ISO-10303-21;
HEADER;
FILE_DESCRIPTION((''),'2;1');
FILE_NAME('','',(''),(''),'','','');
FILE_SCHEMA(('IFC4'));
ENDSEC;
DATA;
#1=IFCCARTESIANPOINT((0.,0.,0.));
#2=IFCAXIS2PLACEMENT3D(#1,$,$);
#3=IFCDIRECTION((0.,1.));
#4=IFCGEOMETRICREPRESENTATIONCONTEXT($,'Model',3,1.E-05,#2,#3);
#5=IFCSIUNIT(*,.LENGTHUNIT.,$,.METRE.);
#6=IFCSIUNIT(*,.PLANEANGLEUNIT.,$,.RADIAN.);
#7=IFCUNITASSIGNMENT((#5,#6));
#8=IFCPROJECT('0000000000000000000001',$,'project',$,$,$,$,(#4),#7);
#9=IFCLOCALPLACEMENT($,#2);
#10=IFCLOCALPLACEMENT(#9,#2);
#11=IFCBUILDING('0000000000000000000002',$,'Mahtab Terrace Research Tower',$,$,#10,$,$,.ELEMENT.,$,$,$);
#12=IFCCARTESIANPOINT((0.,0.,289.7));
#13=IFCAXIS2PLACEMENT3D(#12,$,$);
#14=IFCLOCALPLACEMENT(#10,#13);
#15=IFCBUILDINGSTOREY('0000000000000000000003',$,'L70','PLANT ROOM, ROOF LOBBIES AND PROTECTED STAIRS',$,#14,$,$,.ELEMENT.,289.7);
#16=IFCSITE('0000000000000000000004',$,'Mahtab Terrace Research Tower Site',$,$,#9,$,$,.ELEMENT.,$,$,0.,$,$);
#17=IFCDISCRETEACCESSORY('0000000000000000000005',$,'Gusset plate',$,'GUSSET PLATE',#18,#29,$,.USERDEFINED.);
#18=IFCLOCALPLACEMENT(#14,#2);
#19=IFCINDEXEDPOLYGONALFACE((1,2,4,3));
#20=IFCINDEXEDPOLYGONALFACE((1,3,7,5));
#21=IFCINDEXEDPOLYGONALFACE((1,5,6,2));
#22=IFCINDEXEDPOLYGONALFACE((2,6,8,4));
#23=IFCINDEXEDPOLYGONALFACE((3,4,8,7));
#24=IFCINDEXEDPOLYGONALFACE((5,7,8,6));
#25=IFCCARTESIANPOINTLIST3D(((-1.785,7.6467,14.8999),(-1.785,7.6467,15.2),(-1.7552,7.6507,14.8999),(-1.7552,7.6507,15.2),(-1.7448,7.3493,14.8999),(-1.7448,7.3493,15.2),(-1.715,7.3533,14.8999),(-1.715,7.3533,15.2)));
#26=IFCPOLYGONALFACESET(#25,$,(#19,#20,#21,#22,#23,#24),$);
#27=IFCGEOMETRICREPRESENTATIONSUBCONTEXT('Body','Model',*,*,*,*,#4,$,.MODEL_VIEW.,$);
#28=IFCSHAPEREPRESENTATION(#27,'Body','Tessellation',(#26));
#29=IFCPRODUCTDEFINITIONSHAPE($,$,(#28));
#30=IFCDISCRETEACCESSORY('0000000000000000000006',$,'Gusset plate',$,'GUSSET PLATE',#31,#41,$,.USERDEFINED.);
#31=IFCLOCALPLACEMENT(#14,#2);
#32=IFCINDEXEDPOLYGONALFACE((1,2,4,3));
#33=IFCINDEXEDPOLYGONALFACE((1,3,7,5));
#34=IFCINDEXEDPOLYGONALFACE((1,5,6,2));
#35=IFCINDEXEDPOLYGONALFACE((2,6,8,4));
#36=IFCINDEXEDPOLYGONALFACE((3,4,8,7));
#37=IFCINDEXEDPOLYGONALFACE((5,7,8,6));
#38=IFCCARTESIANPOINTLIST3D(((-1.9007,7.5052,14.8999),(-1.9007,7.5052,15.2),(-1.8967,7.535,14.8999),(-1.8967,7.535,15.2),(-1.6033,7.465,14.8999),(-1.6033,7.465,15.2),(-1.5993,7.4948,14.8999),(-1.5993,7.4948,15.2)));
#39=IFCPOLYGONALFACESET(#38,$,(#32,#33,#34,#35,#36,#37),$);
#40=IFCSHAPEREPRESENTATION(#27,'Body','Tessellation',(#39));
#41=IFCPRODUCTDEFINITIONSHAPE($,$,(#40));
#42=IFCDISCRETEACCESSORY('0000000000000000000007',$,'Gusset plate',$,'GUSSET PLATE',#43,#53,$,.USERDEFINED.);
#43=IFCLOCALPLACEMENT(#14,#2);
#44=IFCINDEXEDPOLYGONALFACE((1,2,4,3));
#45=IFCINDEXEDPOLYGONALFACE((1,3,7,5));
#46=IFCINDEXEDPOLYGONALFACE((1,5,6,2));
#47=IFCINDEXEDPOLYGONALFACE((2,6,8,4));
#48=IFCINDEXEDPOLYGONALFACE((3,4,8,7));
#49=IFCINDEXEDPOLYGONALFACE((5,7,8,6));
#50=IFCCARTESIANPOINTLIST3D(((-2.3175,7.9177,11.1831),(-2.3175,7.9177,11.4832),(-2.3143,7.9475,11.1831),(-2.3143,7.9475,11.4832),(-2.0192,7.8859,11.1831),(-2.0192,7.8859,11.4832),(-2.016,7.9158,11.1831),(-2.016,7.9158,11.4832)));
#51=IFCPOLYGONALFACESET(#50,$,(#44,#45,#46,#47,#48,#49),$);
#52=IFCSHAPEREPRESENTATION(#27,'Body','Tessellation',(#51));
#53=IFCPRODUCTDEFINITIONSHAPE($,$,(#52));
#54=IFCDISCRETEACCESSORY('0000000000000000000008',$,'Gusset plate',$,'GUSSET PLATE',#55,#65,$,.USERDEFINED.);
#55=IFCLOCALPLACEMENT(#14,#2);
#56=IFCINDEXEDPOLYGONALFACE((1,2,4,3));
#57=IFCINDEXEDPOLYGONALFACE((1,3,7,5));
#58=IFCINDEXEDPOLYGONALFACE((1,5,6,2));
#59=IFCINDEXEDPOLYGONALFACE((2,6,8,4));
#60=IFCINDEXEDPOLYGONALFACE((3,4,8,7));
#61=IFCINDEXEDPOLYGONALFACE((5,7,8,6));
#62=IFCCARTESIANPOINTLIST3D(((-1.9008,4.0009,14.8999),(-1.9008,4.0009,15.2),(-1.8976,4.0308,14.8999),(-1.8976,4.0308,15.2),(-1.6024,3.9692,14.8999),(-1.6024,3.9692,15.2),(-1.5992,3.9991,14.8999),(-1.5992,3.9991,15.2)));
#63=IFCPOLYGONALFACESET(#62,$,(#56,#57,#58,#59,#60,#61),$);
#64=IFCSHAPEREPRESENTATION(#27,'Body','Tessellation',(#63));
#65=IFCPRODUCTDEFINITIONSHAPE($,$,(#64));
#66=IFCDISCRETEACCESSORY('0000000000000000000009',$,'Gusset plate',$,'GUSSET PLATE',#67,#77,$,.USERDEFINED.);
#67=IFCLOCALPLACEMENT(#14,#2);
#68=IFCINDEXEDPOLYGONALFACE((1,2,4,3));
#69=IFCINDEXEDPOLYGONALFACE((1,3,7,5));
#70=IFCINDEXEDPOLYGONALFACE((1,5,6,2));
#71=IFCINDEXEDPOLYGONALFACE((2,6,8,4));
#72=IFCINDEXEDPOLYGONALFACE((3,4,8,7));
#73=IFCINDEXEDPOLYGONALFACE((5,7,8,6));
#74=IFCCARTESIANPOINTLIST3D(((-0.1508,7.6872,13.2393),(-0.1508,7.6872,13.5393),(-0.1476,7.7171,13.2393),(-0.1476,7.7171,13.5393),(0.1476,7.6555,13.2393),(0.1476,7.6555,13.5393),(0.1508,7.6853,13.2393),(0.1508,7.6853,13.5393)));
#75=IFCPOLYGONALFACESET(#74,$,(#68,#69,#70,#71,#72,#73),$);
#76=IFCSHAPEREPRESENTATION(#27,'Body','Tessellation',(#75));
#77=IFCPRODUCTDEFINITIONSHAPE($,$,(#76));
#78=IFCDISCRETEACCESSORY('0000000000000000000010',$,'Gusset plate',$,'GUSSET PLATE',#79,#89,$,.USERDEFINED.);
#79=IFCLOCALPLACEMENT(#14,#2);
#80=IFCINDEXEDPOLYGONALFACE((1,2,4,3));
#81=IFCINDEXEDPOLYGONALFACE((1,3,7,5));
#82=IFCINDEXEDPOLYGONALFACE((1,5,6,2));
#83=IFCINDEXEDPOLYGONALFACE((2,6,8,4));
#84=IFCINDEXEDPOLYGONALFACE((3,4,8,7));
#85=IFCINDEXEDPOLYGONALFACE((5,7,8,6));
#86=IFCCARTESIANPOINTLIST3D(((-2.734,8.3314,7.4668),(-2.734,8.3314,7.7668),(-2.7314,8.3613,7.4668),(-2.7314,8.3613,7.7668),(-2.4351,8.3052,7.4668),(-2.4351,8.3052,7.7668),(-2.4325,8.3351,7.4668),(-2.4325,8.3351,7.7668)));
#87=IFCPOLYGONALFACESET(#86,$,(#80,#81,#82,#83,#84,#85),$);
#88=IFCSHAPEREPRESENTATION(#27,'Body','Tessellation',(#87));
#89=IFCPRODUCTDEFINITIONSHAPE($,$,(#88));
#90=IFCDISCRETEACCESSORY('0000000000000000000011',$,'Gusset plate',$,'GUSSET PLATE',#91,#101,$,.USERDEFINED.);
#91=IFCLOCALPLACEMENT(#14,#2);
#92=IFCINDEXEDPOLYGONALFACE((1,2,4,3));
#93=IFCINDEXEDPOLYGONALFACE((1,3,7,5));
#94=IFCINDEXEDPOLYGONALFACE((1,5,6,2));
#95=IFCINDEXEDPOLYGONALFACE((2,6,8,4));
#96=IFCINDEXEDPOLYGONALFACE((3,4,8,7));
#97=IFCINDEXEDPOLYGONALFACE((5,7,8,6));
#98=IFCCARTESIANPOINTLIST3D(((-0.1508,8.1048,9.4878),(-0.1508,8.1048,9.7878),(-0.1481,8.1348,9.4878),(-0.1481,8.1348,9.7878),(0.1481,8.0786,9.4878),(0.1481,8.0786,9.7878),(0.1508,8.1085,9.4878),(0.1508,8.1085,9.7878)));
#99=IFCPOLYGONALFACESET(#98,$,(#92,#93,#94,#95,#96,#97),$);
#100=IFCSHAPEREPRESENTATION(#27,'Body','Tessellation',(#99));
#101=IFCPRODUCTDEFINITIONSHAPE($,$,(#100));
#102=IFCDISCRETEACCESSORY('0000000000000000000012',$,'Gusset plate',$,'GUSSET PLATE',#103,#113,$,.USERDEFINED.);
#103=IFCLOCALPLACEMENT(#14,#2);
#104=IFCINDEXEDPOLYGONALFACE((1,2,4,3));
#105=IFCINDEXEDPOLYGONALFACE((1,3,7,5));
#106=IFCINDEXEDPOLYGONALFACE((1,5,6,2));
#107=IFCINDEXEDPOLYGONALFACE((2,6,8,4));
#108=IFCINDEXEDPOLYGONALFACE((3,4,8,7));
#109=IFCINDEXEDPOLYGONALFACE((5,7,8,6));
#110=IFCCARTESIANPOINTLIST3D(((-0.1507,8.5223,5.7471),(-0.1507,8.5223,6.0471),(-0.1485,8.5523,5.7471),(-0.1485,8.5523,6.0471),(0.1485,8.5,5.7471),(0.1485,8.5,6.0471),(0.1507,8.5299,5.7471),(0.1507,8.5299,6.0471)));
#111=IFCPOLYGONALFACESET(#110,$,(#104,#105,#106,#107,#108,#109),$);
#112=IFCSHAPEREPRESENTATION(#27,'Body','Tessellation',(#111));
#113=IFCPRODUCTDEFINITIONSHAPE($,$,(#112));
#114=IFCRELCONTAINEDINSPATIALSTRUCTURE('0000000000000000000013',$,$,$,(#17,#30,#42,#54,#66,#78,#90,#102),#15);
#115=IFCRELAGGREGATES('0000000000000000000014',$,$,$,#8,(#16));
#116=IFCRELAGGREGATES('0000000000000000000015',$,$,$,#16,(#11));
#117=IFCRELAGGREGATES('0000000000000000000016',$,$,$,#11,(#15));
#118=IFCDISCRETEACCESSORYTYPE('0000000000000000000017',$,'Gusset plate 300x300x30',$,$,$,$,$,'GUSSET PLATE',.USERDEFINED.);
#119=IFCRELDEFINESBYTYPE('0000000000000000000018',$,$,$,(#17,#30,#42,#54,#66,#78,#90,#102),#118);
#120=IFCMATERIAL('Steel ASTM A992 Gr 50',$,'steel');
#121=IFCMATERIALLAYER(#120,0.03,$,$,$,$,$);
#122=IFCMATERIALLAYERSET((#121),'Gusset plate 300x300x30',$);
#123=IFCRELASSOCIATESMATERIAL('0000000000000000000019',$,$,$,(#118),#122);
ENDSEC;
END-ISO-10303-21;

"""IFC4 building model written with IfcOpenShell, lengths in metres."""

from ifc_helpers import new_model, si_unit, direction, frame, origin, origin_2d, place, context, subcontext, project, spatial, rectangle, extrude, material, layer, layer_set, type_object, element, save


model = new_model("IFC4")

# Units and contexts
model_context = context("Model", 3, precision=1e-05, world=origin(), true_north=direction((0.0, 1.0)))
body_context = subcontext(model_context, "Body", "Model", "MODEL_VIEW")
ifc_project = project(units=[si_unit("LENGTHUNIT", "METRE"), si_unit("PLANEANGLEUNIT", "RADIAN")], contexts=[model_context])

# Site, building, storey
site_placement = place(None, origin())
site = spatial("IfcSite", under=ifc_project, at=site_placement, Name="Mahtab Terrace Research Tower Site", CompositionType="ELEMENT", RefElevation=0.0)
building_placement = place(site_placement, origin())
building = spatial("IfcBuilding", under=site, at=building_placement, Name="Mahtab Terrace Research Tower", CompositionType="ELEMENT")
storey_placement = place(building_placement, frame((0.0, 0.0, 289.7)))
storey = spatial("IfcBuildingStorey", under=building, at=storey_placement, Name="L70", Description="PLANT ROOM, ROOF LOBBIES AND PROTECTED STAIRS", CompositionType="ELEMENT", Elevation=289.7)

# Discrete accessories
ifc_material_1 = material(Name="Steel ASTM A992 Gr 50", Category="steel")
ifc_layer = layer(ifc_material_1, 0.03)
ifc_layer_set = layer_set([ifc_layer], Name="Gusset plate 300x300x30")
discrete_accessory_type = type_object("IfcDiscreteAccessoryType", Name="Gusset plate 300x300x30", ElementType="GUSSET PLATE", PredefinedType="USERDEFINED", material=ifc_layer_set)
for number, where, z_axis, x_axis, name in (
    (1, (-1.75, 7.5, 14.8999), (0.0, 0.0, 1.0), (-0.133917, 0.990993, 0.0), "Gusset plate"),
    (2, (-1.75, 7.5, 14.8999), (0.0, 0.0, 1.0), (-0.990993, 0.133917, 0.0), "Gusset plate"),
    (3, (-2.1667, 7.9167, 11.1831), (0.0, 0.0, 1.0), (-0.99439, 0.105778, 0.0), "Gusset plate"),
    (4, (-1.75, 4.0, 14.8999), (0.0, 0.0, 1.0), (-0.994388, 0.105795, 0.0), "Gusset plate"),
    (5, (0.0, 7.6863, 13.2393), (0.0, 0.0, 1.0), (-0.99439, 0.105778, 0.0), "Gusset plate"),
    (6, (-2.5833, 8.3333, 7.4668), (0.0, 0.0, 1.0), (-0.996173, 0.087399, 0.0), "Gusset plate"),
    (7, (0.0, 8.1067, 9.4878), (0.0, 0.0, 1.0), (-0.996173, 0.087399, 0.0), "Gusset plate"),
    (8, (0.0, 8.5261, 5.7471), (0.0, 0.0, 1.0), (-0.997227, 0.074422, 0.0), "Gusset plate"),
):
    element("IfcDiscreteAccessory", number, at=place(storey_placement, frame(where, z_axis=z_axis, x_axis=x_axis)), inside=storey, type_object=discrete_accessory_type, Name=name, ObjectType="GUSSET PLATE", PredefinedType="USERDEFINED", context=body_context, shape_type="SweptSolid", body=[
        extrude(rectangle(XDim=0.3, YDim=0.03, at=origin_2d()), origin(), (0.0, 0.0, 1.0), 0.3),
    ])

save(model, "model.ifc")
